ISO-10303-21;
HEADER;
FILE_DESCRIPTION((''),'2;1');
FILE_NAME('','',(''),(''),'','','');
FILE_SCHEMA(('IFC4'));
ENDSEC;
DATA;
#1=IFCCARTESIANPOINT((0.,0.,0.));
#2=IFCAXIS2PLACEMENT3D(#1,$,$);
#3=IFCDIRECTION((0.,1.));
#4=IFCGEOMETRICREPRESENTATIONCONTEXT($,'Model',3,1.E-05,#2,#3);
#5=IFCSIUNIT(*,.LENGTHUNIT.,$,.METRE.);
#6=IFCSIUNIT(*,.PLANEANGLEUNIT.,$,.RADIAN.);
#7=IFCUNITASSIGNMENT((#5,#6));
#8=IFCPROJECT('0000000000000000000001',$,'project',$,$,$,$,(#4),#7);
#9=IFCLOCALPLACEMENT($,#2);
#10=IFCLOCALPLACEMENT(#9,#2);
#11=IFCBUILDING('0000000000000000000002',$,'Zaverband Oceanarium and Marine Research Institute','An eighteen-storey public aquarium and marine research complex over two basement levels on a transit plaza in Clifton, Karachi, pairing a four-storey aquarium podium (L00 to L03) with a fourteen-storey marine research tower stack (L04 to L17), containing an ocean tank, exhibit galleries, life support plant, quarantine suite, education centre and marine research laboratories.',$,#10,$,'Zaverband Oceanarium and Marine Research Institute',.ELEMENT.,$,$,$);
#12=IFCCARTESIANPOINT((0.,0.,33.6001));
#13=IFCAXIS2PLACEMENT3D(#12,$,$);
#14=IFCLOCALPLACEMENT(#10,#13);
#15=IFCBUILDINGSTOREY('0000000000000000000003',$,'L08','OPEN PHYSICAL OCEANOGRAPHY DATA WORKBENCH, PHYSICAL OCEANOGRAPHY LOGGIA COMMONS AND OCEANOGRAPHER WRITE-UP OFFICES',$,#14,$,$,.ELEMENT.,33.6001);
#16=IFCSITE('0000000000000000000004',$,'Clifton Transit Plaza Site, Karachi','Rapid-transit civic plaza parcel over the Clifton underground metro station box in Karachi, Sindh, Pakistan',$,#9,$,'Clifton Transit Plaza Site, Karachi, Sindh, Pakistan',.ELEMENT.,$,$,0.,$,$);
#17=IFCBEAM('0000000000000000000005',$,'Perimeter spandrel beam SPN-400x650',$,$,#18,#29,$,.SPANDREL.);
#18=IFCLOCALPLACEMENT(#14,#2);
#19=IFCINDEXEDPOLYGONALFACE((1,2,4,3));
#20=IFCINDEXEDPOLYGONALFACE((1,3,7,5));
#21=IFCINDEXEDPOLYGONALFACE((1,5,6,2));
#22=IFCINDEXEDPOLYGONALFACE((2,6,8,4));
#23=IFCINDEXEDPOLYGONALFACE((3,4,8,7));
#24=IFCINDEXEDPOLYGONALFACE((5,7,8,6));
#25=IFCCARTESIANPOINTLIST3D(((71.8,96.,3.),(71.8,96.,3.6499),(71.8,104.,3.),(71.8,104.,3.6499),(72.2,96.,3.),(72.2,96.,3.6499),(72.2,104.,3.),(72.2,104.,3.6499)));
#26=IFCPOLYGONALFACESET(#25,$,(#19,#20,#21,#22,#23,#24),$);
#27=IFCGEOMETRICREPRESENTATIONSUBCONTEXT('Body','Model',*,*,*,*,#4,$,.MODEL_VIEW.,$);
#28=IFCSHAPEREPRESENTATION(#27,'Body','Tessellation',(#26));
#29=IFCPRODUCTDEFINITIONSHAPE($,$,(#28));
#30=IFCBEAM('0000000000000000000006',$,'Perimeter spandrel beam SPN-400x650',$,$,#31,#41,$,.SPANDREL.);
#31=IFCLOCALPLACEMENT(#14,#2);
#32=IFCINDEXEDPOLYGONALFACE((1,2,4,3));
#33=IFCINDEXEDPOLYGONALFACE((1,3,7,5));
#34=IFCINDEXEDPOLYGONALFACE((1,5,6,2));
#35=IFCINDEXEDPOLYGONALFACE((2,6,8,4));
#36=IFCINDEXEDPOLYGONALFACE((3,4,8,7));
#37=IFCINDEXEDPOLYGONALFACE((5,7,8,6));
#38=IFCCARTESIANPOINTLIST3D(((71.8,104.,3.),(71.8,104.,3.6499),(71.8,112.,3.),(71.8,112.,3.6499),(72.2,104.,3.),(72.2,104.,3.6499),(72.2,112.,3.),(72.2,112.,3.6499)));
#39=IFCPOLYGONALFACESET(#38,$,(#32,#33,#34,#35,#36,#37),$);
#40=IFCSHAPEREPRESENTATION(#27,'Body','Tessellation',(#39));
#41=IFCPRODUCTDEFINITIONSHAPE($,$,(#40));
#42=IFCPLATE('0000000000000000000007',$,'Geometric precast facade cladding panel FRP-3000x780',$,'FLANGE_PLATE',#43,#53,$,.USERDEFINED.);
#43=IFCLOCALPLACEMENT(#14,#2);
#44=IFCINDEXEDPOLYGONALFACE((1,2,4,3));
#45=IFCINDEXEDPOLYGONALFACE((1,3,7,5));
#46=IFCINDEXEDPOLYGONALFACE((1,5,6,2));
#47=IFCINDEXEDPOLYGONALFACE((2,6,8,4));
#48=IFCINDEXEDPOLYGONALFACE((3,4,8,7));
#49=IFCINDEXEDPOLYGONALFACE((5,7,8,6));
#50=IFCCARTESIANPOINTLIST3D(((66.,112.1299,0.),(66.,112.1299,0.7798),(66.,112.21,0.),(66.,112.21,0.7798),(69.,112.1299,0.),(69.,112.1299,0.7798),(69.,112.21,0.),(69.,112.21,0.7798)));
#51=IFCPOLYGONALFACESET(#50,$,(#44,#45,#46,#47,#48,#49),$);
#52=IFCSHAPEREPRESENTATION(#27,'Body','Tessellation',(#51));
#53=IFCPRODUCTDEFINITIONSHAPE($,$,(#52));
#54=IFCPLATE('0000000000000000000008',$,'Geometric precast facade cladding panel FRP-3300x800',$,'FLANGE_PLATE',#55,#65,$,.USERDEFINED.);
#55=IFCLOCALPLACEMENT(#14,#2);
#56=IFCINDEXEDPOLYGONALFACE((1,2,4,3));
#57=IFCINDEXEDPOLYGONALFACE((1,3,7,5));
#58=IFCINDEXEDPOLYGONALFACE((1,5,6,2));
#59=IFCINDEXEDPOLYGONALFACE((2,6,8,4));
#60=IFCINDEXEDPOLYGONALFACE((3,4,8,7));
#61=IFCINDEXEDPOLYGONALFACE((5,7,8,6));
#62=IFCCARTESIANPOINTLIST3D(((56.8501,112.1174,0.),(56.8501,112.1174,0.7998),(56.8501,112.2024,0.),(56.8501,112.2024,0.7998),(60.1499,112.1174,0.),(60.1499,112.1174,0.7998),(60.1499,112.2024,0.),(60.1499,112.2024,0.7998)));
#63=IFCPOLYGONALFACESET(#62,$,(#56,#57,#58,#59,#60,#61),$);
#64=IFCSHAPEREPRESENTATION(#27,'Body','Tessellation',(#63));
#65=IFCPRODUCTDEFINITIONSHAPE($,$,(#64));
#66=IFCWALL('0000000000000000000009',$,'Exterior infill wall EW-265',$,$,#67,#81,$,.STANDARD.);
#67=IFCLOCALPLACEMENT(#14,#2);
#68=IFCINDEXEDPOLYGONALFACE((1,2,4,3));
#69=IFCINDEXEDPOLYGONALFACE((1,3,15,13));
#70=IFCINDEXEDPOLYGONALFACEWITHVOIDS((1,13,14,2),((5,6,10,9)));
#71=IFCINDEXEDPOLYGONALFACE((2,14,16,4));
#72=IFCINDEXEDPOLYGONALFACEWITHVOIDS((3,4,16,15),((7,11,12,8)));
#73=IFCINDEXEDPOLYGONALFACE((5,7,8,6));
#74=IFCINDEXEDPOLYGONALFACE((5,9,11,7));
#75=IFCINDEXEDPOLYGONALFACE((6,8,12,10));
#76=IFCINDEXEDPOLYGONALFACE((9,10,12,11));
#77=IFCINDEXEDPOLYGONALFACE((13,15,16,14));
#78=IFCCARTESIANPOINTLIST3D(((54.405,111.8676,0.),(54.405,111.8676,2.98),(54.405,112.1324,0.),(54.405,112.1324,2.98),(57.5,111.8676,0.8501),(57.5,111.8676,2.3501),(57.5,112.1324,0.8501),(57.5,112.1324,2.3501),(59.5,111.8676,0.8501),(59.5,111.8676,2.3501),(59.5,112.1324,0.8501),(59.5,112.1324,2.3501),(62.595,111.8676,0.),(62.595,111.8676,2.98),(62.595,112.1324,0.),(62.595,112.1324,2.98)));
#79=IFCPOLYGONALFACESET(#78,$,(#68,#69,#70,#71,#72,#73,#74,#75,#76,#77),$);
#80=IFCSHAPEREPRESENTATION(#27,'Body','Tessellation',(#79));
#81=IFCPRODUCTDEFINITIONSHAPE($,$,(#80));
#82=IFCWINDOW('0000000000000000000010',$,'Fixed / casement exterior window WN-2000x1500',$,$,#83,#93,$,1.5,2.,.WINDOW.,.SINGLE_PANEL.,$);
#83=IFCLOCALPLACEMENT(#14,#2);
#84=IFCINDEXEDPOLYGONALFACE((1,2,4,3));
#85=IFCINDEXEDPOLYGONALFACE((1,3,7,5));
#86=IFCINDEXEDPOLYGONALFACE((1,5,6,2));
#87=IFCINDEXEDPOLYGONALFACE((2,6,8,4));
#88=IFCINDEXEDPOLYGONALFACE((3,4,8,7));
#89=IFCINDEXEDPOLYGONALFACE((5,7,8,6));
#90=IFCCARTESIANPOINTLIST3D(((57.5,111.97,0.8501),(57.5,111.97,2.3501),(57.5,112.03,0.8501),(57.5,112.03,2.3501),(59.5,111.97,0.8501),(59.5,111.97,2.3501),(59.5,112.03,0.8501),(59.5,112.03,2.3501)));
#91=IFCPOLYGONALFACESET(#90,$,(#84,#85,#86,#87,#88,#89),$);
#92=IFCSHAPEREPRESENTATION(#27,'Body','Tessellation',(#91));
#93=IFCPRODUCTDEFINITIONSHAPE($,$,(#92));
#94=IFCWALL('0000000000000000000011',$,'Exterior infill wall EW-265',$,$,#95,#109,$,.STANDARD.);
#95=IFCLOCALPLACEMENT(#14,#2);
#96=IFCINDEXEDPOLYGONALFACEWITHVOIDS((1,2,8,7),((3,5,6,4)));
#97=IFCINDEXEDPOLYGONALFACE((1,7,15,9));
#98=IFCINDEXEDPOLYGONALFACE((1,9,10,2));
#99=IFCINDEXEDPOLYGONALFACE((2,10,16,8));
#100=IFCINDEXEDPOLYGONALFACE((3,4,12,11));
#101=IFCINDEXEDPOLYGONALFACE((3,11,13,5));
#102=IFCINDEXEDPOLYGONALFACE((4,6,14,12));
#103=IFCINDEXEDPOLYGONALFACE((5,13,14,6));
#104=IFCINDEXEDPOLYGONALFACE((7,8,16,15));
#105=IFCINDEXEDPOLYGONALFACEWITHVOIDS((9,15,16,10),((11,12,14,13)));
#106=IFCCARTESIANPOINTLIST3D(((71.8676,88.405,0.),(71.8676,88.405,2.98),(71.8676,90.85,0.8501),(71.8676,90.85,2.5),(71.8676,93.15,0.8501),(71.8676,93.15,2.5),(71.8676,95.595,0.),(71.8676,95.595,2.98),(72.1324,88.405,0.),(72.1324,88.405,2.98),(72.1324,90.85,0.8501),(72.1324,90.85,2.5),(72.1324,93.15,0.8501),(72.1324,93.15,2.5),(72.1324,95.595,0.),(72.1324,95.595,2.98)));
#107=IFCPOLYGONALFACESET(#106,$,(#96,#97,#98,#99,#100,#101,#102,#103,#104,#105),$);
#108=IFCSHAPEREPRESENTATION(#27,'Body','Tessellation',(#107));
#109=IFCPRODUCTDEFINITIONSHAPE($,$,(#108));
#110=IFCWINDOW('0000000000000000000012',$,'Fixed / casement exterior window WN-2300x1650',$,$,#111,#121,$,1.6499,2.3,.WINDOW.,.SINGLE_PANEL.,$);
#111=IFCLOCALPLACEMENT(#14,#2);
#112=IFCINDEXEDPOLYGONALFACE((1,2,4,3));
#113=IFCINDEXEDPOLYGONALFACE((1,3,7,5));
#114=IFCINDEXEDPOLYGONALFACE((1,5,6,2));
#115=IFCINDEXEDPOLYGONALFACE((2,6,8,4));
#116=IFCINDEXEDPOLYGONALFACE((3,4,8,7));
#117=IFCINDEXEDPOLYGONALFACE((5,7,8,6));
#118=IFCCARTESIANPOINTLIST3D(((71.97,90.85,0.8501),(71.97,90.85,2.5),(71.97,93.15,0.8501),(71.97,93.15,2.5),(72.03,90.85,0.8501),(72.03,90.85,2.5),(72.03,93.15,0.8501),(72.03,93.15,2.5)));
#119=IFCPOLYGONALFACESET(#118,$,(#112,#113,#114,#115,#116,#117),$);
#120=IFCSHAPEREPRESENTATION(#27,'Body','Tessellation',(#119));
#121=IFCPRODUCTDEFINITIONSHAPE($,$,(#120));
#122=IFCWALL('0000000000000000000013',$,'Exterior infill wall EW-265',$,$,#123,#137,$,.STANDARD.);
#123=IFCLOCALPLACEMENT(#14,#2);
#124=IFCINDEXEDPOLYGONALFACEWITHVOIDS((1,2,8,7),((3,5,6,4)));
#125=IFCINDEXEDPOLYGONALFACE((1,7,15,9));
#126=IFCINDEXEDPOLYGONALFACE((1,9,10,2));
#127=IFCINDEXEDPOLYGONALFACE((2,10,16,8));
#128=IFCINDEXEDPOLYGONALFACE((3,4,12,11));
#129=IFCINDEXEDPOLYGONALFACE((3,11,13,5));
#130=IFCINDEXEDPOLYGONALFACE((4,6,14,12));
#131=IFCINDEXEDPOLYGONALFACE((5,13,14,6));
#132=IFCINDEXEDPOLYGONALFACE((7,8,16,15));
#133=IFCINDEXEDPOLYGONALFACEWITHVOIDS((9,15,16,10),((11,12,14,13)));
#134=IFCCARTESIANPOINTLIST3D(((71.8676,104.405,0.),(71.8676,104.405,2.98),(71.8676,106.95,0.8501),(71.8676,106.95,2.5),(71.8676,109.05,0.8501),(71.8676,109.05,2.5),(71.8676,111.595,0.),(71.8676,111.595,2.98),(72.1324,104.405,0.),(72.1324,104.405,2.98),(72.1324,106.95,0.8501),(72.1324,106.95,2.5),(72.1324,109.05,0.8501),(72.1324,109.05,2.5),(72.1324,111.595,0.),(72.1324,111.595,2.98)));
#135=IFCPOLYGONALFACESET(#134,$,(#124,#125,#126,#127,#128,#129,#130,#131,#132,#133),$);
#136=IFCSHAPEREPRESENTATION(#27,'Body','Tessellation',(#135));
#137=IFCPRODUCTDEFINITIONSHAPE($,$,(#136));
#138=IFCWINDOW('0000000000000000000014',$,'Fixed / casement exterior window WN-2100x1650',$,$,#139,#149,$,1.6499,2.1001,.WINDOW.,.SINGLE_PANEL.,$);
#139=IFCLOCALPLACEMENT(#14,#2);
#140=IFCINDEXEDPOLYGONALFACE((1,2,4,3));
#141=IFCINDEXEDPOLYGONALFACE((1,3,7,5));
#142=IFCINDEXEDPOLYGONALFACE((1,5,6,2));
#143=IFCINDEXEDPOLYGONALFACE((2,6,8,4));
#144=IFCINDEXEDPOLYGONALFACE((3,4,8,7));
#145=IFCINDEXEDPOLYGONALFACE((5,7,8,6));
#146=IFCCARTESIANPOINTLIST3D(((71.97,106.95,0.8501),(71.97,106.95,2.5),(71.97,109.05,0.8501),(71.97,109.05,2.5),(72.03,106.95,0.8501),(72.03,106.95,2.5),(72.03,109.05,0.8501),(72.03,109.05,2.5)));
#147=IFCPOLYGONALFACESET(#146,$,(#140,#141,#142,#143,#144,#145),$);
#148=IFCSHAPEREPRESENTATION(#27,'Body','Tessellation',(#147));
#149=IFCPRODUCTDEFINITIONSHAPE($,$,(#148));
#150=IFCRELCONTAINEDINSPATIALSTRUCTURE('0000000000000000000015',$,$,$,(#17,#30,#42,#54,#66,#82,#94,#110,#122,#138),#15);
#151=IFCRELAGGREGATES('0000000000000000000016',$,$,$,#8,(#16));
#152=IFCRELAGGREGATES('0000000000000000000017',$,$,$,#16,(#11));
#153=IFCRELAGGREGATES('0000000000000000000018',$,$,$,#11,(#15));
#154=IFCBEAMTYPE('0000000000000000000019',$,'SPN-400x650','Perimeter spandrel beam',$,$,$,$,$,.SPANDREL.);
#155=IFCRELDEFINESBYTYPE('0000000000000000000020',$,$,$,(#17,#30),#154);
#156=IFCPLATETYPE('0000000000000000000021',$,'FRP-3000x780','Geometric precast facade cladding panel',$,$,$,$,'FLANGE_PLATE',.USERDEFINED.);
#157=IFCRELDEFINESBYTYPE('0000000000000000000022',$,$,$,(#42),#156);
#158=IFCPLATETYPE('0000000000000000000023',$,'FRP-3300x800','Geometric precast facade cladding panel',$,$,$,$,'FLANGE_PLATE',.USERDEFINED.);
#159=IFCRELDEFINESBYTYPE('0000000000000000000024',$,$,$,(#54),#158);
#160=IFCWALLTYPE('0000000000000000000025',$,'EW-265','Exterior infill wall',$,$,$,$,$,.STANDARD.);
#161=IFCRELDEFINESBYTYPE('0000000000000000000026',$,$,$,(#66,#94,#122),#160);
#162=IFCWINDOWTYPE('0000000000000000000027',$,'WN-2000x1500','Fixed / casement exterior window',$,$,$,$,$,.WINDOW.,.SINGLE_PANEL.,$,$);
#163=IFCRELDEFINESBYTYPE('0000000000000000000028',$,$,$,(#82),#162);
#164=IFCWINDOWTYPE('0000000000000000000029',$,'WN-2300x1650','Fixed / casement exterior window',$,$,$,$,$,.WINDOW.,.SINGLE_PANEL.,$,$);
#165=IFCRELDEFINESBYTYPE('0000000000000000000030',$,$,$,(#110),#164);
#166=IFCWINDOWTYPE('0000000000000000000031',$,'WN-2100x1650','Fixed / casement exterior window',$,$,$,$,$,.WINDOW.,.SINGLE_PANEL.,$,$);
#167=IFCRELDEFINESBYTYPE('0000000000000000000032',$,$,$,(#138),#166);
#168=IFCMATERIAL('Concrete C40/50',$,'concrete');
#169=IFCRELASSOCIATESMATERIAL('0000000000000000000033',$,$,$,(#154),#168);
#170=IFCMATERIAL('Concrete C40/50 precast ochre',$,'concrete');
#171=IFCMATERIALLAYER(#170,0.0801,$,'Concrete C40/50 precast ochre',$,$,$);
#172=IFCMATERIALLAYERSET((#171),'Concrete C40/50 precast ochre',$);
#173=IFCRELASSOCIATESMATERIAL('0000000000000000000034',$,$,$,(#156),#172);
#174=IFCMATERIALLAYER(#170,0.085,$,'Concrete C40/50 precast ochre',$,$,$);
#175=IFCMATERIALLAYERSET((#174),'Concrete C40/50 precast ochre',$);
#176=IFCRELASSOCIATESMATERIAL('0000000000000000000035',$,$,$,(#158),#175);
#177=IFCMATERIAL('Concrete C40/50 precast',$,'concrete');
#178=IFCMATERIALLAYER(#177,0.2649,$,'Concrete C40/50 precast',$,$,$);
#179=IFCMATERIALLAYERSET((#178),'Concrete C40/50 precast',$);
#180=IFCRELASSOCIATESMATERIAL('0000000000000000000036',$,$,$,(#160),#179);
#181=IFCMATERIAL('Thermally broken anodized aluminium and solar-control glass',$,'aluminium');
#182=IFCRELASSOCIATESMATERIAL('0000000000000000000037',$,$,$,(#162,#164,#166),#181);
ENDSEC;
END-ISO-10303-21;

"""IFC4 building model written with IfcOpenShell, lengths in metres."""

from ifc_helpers import new_model, si_unit, direction, frame, frame_2d, origin, origin_2d, place, context, subcontext, project, spatial, rectangle, extrude, material, layer, layer_set, material_profile, profile_set, type_object, element, fill, save


model = new_model("IFC4")

# Units and contexts
model_context = context("Model", 3, precision=1e-05, world=origin(), true_north=direction((0.0, 1.0)))
body_context = subcontext(model_context, "Body", "Model", "MODEL_VIEW")
ifc_project = project(units=[si_unit("LENGTHUNIT", "METRE"), si_unit("PLANEANGLEUNIT", "RADIAN")], contexts=[model_context])

# Site, building, storey
site_placement = place(None, origin())
site = spatial("IfcSite", under=ifc_project, at=site_placement, Name="Clifton Transit Plaza Site, Karachi", Description="Rapid-transit civic plaza parcel over the Clifton underground metro station box in Karachi, Sindh, Pakistan", LongName="Clifton Transit Plaza Site, Karachi, Sindh, Pakistan", CompositionType="ELEMENT", RefElevation=0.0)
building_placement = place(site_placement, origin())
building = spatial("IfcBuilding", under=site, at=building_placement, Name="Zaverband Oceanarium and Marine Research Institute", Description="An eighteen-storey public aquarium and marine research complex over two basement levels on a transit plaza in Clifton, Karachi, pairing a four-storey aquarium podium (L00 to L03) with a fourteen-storey marine research tower stack (L04 to L17), containing an ocean tank, exhibit galleries, life support plant, quarantine suite, education centre and marine research laboratories.", LongName="Zaverband Oceanarium and Marine Research Institute", CompositionType="ELEMENT")
storey_placement = place(building_placement, frame((0.0, 0.0, 33.6001)))
storey = spatial("IfcBuildingStorey", under=building, at=storey_placement, Name="L08", Description="OPEN PHYSICAL OCEANOGRAPHY DATA WORKBENCH, PHYSICAL OCEANOGRAPHY LOGGIA COMMONS AND OCEANOGRAPHER WRITE-UP OFFICES", CompositionType="ELEMENT", Elevation=33.6001)

# Beams
ifc_material_1 = material(Name="Concrete C40/50", Category="concrete")
ifc_material_profile_1 = material_profile(ifc_material_1, rectangle(XDim=0.3999, YDim=0.6499, at=origin_2d()), Name="RC400x650")
ifc_profile_set_1 = profile_set([ifc_material_profile_1], Name="Concrete C40/50")
beam_type_1 = type_object("IfcBeamType", Name="SPN-400x650", Description="Perimeter spandrel beam", PredefinedType="SPANDREL", material=ifc_profile_set_1)
for number, where, z_axis, x_axis, name in (
    (1, (72.0, 96.0, 3.325), (0.0, 1.0, 0.0), (-1.0, 0.0, 0.0), "Perimeter spandrel beam SPN-400x650"),
    (2, (72.0, 104.0, 3.325), (0.0, 1.0, 0.0), (-1.0, 0.0, 0.0), "Perimeter spandrel beam SPN-400x650"),
):
    element("IfcBeam", number, at=place(storey_placement, frame(where, z_axis=z_axis, x_axis=x_axis)), inside=storey, type_object=beam_type_1, Name=name, PredefinedType="SPANDREL", context=body_context, shape_type="SweptSolid", body=[
        extrude(rectangle(XDim=0.3999, YDim=0.6499, at=origin_2d()), origin(), (0.0, 0.0, 1.0), 8.0),
    ])

# Plates
ifc_material_2 = material(Name="Concrete C40/50 precast ochre", Category="concrete")
ifc_layer_1 = layer(ifc_material_2, 0.0801, Name="Concrete C40/50 precast ochre")
ifc_layer_set_1 = layer_set([ifc_layer_1], Name="Concrete C40/50 precast ochre")
plate_type_1 = type_object("IfcPlateType", Name="FRP-3000x780", Description="Geometric precast facade cladding panel", ElementType="FLANGE_PLATE", PredefinedType="USERDEFINED", material=ifc_layer_set_1)
plate_1_placement = place(storey_placement, frame((66.0, 112.1699, 0.0), z_axis=(0.0, 0.0, 1.0), x_axis=(1.0, 0.0, 0.0)))
element("IfcPlate", 3, at=plate_1_placement, inside=storey, type_object=plate_type_1, Name="Geometric precast facade cladding panel FRP-3000x780", ObjectType="FLANGE_PLATE", PredefinedType="USERDEFINED", context=body_context, shape_type="SweptSolid", body=[
    extrude(rectangle(XDim=3.0, YDim=0.0801, at=frame_2d((1.5, 0.0))), origin(), (0.0, 0.0, 1.0), 0.7798),
])
ifc_layer_2 = layer(ifc_material_2, 0.085, Name="Concrete C40/50 precast ochre")
ifc_layer_set_2 = layer_set([ifc_layer_2], Name="Concrete C40/50 precast ochre")
plate_type_2 = type_object("IfcPlateType", Name="FRP-3300x800", Description="Geometric precast facade cladding panel", ElementType="FLANGE_PLATE", PredefinedType="USERDEFINED", material=ifc_layer_set_2)
plate_2_placement = place(storey_placement, frame((56.8501, 112.1599, 0.0), z_axis=(0.0, 0.0, 1.0), x_axis=(1.0, 0.0, 0.0)))
element("IfcPlate", 4, at=plate_2_placement, inside=storey, type_object=plate_type_2, Name="Geometric precast facade cladding panel FRP-3300x800", ObjectType="FLANGE_PLATE", PredefinedType="USERDEFINED", context=body_context, shape_type="SweptSolid", body=[
    extrude(rectangle(XDim=3.2998, YDim=0.085, at=frame_2d((1.6499, 0.0))), origin(), (0.0, 0.0, 1.0), 0.7998),
])

# Walls, openings, windows
ifc_material_3 = material(Name="Concrete C40/50 precast", Category="concrete")
ifc_layer_3 = layer(ifc_material_3, 0.2649, Name="Concrete C40/50 precast")
ifc_layer_set_3 = layer_set([ifc_layer_3], Name="Concrete C40/50 precast")
wall_type_1 = type_object("IfcWallType", Name="EW-265", Description="Exterior infill wall", PredefinedType="STANDARD", material=ifc_layer_set_3)
wall_1_placement = place(storey_placement, frame((54.405, 112.0, 0.0), z_axis=(0.0, 0.0, 1.0), x_axis=(1.0, 0.0, 0.0)))
wall_1 = element("IfcWall", 5, at=wall_1_placement, inside=storey, type_object=wall_type_1, Name="Exterior infill wall EW-265", PredefinedType="STANDARD", context=body_context, shape_type="SweptSolid", body=[
    extrude(rectangle(XDim=8.1899, YDim=0.2649, at=frame_2d((4.095, 0.0))), origin(), (0.0, 0.0, 1.0), 2.98),
])
opening_1_placement = place(wall_1_placement, frame((3.095, 0.0, 0.8501)))
opening_1 = element("IfcOpeningElement", 6, at=opening_1_placement, cuts=wall_1, PredefinedType="OPENING", context=body_context, shape_type="SweptSolid", body=[
    extrude(rectangle(XDim=2.0, YDim=1.5, at=frame_2d((1.0, 0.75))), frame((0.0, 0.1445, 0.0), z_axis=(0.0, -1.0, 0.0), x_axis=(1.0, 0.0, 0.0)), (0.0, 0.0, 1.0), 0.2888),
])
ifc_material_4 = material(Name="Thermally broken anodized aluminium and solar-control glass", Category="aluminium")
window_type_1 = type_object("IfcWindowType", Name="WN-2000x1500", Description="Fixed / casement exterior window", PartitioningType="SINGLE_PANEL", PredefinedType="WINDOW", material=ifc_material_4)
window_1_placement = place(opening_1_placement, origin())
window_1 = element("IfcWindow", 7, at=window_1_placement, inside=storey, type_object=window_type_1, Name="Fixed / casement exterior window WN-2000x1500", OverallHeight=1.5, OverallWidth=2.0, PartitioningType="SINGLE_PANEL", PredefinedType="WINDOW", context=body_context, shape_type="SweptSolid", body=[
    extrude(rectangle(XDim=2.0, YDim=1.5, at=frame_2d((1.0, 0.75))), frame((0.0, 0.03, 0.0), z_axis=(0.0, -1.0, 0.0), x_axis=(1.0, 0.0, 0.0)), (0.0, 0.0, 1.0), 0.0601),
])
fill(opening_1, window_1)
wall_2_placement = place(storey_placement, frame((72.0, 88.405, 0.0), z_axis=(0.0, 0.0, 1.0), x_axis=(0.0, 1.0, 0.0)))
wall_2 = element("IfcWall", 8, at=wall_2_placement, inside=storey, type_object=wall_type_1, Name="Exterior infill wall EW-265", PredefinedType="STANDARD", context=body_context, shape_type="SweptSolid", body=[
    extrude(rectangle(XDim=7.1899, YDim=0.2649, at=frame_2d((3.595, 0.0))), origin(), (0.0, 0.0, 1.0), 2.98),
])
opening_2_placement = place(wall_2_placement, frame((2.4451, 0.0, 0.8501)))
opening_2 = element("IfcOpeningElement", 9, at=opening_2_placement, cuts=wall_2, PredefinedType="OPENING", context=body_context, shape_type="SweptSolid", body=[
    extrude(rectangle(XDim=2.3, YDim=1.6499, at=frame_2d((1.1499, 0.825))), frame((0.0, 0.1445, 0.0), z_axis=(0.0, -1.0, 0.0), x_axis=(1.0, 0.0, 0.0)), (0.0, 0.0, 1.0), 0.2888),
])
window_type_2 = type_object("IfcWindowType", Name="WN-2300x1650", Description="Fixed / casement exterior window", PartitioningType="SINGLE_PANEL", PredefinedType="WINDOW", material=ifc_material_4)
window_2_placement = place(opening_2_placement, origin())
window_2 = element("IfcWindow", 10, at=window_2_placement, inside=storey, type_object=window_type_2, Name="Fixed / casement exterior window WN-2300x1650", OverallHeight=1.6499, OverallWidth=2.3, PartitioningType="SINGLE_PANEL", PredefinedType="WINDOW", context=body_context, shape_type="SweptSolid", body=[
    extrude(rectangle(XDim=2.3, YDim=1.6499, at=frame_2d((1.1499, 0.825))), frame((0.0, 0.03, 0.0), z_axis=(0.0, -1.0, 0.0), x_axis=(1.0, 0.0, 0.0)), (0.0, 0.0, 1.0), 0.0601),
])
fill(opening_2, window_2)
wall_3_placement = place(storey_placement, frame((72.0, 104.405, 0.0), z_axis=(0.0, 0.0, 1.0), x_axis=(0.0, 1.0, 0.0)))
wall_3 = element("IfcWall", 11, at=wall_3_placement, inside=storey, type_object=wall_type_1, Name="Exterior infill wall EW-265", PredefinedType="STANDARD", context=body_context, shape_type="SweptSolid", body=[
    extrude(rectangle(XDim=7.1899, YDim=0.2649, at=frame_2d((3.595, 0.0))), origin(), (0.0, 0.0, 1.0), 2.98),
])
opening_3_placement = place(wall_3_placement, frame((2.5449, 0.0, 0.8501)))
opening_3 = element("IfcOpeningElement", 12, at=opening_3_placement, cuts=wall_3, PredefinedType="OPENING", context=body_context, shape_type="SweptSolid", body=[
    extrude(rectangle(XDim=2.1001, YDim=1.6499, at=frame_2d((1.05, 0.825))), frame((0.0, 0.1445, 0.0), z_axis=(0.0, -1.0, 0.0), x_axis=(1.0, 0.0, 0.0)), (0.0, 0.0, 1.0), 0.2888),
])
window_type_3 = type_object("IfcWindowType", Name="WN-2100x1650", Description="Fixed / casement exterior window", PartitioningType="SINGLE_PANEL", PredefinedType="WINDOW", material=ifc_material_4)
window_3_placement = place(opening_3_placement, origin())
window_3 = element("IfcWindow", 13, at=window_3_placement, inside=storey, type_object=window_type_3, Name="Fixed / casement exterior window WN-2100x1650", OverallHeight=1.6499, OverallWidth=2.1001, PartitioningType="SINGLE_PANEL", PredefinedType="WINDOW", context=body_context, shape_type="SweptSolid", body=[
    extrude(rectangle(XDim=2.1001, YDim=1.6499, at=frame_2d((1.05, 0.825))), frame((0.0, 0.03, 0.0), z_axis=(0.0, -1.0, 0.0), x_axis=(1.0, 0.0, 0.0)), (0.0, 0.0, 1.0), 0.0601),
])
fill(opening_3, window_3)

save(model, "model.ifc")
